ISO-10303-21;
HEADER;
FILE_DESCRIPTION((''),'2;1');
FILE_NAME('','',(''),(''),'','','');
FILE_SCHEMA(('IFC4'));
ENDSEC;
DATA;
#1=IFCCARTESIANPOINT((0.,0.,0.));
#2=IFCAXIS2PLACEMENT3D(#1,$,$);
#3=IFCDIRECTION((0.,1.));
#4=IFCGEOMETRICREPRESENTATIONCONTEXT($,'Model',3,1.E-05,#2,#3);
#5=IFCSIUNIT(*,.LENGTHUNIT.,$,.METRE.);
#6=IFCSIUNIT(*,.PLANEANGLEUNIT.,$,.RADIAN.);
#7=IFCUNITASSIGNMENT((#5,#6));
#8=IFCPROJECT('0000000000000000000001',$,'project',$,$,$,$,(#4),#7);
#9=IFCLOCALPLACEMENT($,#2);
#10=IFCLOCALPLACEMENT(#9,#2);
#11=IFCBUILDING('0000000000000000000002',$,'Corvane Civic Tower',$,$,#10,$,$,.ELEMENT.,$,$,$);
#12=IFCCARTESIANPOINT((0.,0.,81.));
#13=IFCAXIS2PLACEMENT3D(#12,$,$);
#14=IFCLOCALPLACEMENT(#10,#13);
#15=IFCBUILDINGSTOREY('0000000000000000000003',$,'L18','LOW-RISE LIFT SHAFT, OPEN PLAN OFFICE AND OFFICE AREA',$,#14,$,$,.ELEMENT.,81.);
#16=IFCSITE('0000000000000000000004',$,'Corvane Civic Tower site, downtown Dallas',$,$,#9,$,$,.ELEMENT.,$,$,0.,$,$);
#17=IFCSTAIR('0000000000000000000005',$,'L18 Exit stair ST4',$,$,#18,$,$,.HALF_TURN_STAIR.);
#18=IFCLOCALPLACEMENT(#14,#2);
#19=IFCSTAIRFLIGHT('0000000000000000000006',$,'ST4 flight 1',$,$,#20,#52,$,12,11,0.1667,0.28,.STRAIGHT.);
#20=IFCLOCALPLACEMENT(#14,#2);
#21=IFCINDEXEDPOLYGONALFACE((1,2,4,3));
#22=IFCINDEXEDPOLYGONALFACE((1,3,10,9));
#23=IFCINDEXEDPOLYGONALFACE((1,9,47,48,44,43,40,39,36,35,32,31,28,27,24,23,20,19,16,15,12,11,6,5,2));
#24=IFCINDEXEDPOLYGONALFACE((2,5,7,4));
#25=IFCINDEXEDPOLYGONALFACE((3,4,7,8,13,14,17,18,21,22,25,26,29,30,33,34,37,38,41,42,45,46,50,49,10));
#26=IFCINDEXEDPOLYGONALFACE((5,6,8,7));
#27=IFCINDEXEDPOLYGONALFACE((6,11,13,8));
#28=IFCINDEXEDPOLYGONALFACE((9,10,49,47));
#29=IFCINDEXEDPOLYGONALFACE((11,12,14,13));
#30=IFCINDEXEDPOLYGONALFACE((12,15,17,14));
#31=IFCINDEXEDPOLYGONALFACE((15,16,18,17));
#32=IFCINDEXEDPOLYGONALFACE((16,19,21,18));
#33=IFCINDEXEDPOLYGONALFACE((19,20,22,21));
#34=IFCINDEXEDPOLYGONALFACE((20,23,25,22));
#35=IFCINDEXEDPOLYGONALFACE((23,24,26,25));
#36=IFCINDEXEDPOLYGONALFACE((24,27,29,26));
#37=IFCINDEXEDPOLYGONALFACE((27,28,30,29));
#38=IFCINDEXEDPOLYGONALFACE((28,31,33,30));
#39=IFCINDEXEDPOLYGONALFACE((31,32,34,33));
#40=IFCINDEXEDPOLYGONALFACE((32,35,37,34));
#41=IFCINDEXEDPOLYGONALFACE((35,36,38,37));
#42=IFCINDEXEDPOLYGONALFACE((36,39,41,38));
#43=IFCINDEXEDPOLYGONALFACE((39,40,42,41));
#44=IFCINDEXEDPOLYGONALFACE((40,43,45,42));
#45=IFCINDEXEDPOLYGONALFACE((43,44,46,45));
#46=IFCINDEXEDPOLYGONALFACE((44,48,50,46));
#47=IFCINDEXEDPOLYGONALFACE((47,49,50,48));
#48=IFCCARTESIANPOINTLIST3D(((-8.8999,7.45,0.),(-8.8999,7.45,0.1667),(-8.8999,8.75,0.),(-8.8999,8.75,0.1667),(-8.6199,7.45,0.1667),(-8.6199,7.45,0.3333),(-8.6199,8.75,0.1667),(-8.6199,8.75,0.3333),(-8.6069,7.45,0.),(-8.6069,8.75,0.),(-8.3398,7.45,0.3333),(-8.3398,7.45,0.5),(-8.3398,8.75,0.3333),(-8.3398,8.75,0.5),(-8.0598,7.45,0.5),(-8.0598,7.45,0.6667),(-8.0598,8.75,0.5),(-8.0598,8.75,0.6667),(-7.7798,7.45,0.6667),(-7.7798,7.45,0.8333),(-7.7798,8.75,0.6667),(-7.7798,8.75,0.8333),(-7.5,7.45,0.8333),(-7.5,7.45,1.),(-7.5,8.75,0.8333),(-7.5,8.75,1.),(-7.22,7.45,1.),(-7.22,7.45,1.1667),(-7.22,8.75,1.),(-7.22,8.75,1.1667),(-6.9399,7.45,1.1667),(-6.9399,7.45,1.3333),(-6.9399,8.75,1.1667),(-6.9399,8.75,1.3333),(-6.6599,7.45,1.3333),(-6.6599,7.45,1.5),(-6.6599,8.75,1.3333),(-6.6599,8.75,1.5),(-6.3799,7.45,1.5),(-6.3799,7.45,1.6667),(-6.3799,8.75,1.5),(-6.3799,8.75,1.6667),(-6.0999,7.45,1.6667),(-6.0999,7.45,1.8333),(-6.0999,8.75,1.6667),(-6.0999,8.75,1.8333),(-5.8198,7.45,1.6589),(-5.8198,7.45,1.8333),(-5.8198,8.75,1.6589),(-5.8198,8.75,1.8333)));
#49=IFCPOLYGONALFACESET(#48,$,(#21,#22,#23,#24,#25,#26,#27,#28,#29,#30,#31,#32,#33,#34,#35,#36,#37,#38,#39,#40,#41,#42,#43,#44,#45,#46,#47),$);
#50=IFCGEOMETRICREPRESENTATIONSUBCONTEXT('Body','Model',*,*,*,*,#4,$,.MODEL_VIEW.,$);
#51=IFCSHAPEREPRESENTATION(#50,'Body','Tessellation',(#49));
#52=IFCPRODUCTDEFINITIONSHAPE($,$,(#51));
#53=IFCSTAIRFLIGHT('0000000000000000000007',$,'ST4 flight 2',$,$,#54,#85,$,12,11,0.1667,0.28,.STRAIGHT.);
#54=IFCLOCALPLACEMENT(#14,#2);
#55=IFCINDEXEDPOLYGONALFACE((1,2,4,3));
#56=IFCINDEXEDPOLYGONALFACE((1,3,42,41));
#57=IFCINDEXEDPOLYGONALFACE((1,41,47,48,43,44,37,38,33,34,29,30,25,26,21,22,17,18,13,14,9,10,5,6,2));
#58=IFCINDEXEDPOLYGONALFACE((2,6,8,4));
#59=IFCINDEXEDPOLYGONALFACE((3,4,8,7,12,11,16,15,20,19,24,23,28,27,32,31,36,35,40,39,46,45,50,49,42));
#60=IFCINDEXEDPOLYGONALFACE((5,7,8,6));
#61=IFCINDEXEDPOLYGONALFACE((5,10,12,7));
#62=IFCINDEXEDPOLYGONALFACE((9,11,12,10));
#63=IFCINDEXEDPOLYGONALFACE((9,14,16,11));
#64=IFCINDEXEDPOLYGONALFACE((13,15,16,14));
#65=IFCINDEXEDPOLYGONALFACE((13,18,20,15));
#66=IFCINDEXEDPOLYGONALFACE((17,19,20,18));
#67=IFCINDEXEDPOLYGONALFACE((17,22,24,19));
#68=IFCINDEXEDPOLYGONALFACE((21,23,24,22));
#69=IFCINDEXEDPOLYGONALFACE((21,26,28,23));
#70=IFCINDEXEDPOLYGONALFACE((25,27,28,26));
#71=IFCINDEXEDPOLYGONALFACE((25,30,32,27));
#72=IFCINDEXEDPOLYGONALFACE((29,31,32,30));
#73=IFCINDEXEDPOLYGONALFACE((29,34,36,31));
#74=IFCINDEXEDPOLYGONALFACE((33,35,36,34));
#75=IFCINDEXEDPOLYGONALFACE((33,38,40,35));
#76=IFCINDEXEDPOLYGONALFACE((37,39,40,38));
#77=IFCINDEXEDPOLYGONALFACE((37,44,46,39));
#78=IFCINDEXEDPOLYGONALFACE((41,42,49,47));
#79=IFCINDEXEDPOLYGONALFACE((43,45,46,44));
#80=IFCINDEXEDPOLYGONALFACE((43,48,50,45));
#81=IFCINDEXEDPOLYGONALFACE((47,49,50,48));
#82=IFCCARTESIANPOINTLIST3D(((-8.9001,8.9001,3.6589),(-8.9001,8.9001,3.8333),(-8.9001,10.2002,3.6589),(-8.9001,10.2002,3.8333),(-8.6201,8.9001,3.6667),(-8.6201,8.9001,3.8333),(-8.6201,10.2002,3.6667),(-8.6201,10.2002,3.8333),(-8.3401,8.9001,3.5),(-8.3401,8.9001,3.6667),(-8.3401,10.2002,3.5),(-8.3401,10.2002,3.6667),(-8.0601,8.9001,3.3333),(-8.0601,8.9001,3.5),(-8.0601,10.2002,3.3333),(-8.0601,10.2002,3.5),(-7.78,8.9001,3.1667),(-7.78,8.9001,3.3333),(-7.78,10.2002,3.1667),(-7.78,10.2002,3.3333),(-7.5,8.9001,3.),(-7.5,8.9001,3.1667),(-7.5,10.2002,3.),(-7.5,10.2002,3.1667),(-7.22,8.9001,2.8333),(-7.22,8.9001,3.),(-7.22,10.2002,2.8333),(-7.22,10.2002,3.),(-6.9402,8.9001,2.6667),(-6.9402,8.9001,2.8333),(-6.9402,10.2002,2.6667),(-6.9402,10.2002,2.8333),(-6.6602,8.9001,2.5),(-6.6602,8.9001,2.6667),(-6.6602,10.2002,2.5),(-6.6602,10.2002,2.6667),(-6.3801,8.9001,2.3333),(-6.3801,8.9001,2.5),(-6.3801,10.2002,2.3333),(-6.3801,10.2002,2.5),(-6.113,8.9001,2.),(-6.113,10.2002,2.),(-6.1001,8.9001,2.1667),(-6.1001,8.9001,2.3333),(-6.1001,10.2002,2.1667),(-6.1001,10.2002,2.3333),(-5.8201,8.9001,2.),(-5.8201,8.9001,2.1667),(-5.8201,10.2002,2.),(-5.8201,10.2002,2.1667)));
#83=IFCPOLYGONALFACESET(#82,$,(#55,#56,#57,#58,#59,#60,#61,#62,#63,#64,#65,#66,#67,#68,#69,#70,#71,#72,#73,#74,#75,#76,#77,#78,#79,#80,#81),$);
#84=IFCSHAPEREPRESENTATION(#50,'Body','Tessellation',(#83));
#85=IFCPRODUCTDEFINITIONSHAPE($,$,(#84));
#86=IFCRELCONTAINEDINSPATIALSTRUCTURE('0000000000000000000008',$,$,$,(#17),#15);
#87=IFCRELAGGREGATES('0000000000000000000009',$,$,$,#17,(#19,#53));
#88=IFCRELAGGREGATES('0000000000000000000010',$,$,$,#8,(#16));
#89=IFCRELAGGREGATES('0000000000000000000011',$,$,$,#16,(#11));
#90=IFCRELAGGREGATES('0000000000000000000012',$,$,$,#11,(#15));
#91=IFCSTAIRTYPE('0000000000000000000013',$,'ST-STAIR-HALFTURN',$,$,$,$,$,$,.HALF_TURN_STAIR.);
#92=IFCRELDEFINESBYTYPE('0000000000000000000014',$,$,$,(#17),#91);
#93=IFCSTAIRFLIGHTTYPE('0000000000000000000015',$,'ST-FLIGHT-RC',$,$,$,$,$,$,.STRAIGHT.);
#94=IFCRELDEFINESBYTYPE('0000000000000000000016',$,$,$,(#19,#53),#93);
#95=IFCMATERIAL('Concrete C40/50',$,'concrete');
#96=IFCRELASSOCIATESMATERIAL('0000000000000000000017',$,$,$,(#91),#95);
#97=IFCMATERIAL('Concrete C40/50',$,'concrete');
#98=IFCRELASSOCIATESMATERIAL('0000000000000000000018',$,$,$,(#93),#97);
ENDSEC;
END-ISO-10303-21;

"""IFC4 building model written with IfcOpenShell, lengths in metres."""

from ifc_helpers import new_model, si_unit, direction, frame, origin, place, context, subcontext, project, spatial, polyline, outline, extrude, material, type_object, element, aggregate, save


model = new_model("IFC4")

# Units and contexts
model_context = context("Model", 3, precision=1e-05, world=origin(), true_north=direction((0.0, 1.0)))
body_context = subcontext(model_context, "Body", "Model", "MODEL_VIEW")
ifc_project = project(units=[si_unit("LENGTHUNIT", "METRE"), si_unit("PLANEANGLEUNIT", "RADIAN")], contexts=[model_context])

# Site, building, storey
site_placement = place(None, origin())
site = spatial("IfcSite", under=ifc_project, at=site_placement, Name="Corvane Civic Tower site, downtown Dallas", CompositionType="ELEMENT", RefElevation=0.0)
building_placement = place(site_placement, origin())
building = spatial("IfcBuilding", under=site, at=building_placement, Name="Corvane Civic Tower", CompositionType="ELEMENT")
storey_placement = place(building_placement, frame((0.0, 0.0, 81.0)))
storey = spatial("IfcBuildingStorey", under=building, at=storey_placement, Name="L18", Description="LOW-RISE LIFT SHAFT, OPEN PLAN OFFICE AND OFFICE AREA", CompositionType="ELEMENT", Elevation=81.0)

# Shared definitions
ifc_material_1 = material(Name="Concrete C40/50", Category="concrete")
stair_type = type_object("IfcStairType", Name="ST-STAIR-HALFTURN", PredefinedType="HALF_TURN_STAIR", material=ifc_material_1)

# Stair, stair flights
stair_1_placement = place(storey_placement, origin())
stair_1 = element("IfcStair", 1, at=stair_1_placement, inside=storey, type_object=stair_type, Name="L18 Exit stair ST4", PredefinedType="HALF_TURN_STAIR")
ifc_material_2 = material(Name="Concrete C40/50", Category="concrete")
stair_flight_type = type_object("IfcStairFlightType", Name="ST-FLIGHT-RC", PredefinedType="STRAIGHT", material=ifc_material_2)
stair_flight_1_placement = place(storey_placement, frame((-8.8999, 8.1001, 0.0), z_axis=(0.0, 0.0, 1.0), x_axis=(1.0, 0.0, 0.0)))
stair_flight_1 = element("IfcStairFlight", 2, at=stair_flight_1_placement, type_object=stair_flight_type, Name="ST4 flight 1", NumberOfRisers=12, NumberOfTreads=11, PredefinedType="STRAIGHT", RiserHeight=0.1667, TreadLength=0.28, context=body_context, shape_type="SweptSolid", body=[
    extrude(outline(polyline([(0.0, 0.0), (0.0, 0.1667), (0.28, 0.1667), (0.28, 0.3333), (0.5601, 0.3333), (0.5601, 0.5), (0.8401, 0.5), (0.8401, 0.6667), (1.1201, 0.6667), (1.1201, 0.8333), (1.3999, 0.8333), (1.3999, 1.0), (1.6799, 1.0), (1.6799, 1.1667), (1.96, 1.1667), (1.96, 1.3333), (2.24, 1.3333), (2.24, 1.5), (2.52, 1.5), (2.52, 1.6667), (2.8, 1.6667), (2.8, 1.8333), (3.0801, 1.8333), (3.0801, 2.0), (3.0801, 1.6589), (0.293, 0.0), (0.0, 0.0)])), frame((0.0, 0.6499, 0.0), z_axis=(0.0, -1.0, 0.0), x_axis=(1.0, 0.0, 0.0)), (0.0, 0.0, 1.0), 1.3),
])
stair_flight_2_placement = place(storey_placement, frame((-5.8201, 9.55, 2.0), z_axis=(0.0, 0.0, 1.0), x_axis=(-1.0, 0.0, 0.0)))
stair_flight_2 = element("IfcStairFlight", 3, at=stair_flight_2_placement, type_object=stair_flight_type, Name="ST4 flight 2", NumberOfRisers=12, NumberOfTreads=11, PredefinedType="STRAIGHT", RiserHeight=0.1667, TreadLength=0.28, context=body_context, shape_type="SweptSolid", body=[
    extrude(outline(polyline([(0.0, 0.0), (0.0, 0.1667), (0.28, 0.1667), (0.28, 0.3333), (0.5601, 0.3333), (0.5601, 0.5), (0.8401, 0.5), (0.8401, 0.6667), (1.1201, 0.6667), (1.1201, 0.8333), (1.3999, 0.8333), (1.3999, 1.0), (1.6799, 1.0), (1.6799, 1.1667), (1.96, 1.1667), (1.96, 1.3333), (2.24, 1.3333), (2.24, 1.5), (2.52, 1.5), (2.52, 1.6667), (2.8, 1.6667), (2.8, 1.8333), (3.0801, 1.8333), (3.0801, 2.0), (3.0801, 1.6589), (0.293, 0.0), (0.0, 0.0)])), frame((0.0, 0.6499, 0.0), z_axis=(0.0, -1.0, 0.0), x_axis=(1.0, 0.0, 0.0)), (0.0, 0.0, 1.0), 1.3),
])
aggregate(stair_1, [stair_flight_1, stair_flight_2])

save(model, "model.ifc")
